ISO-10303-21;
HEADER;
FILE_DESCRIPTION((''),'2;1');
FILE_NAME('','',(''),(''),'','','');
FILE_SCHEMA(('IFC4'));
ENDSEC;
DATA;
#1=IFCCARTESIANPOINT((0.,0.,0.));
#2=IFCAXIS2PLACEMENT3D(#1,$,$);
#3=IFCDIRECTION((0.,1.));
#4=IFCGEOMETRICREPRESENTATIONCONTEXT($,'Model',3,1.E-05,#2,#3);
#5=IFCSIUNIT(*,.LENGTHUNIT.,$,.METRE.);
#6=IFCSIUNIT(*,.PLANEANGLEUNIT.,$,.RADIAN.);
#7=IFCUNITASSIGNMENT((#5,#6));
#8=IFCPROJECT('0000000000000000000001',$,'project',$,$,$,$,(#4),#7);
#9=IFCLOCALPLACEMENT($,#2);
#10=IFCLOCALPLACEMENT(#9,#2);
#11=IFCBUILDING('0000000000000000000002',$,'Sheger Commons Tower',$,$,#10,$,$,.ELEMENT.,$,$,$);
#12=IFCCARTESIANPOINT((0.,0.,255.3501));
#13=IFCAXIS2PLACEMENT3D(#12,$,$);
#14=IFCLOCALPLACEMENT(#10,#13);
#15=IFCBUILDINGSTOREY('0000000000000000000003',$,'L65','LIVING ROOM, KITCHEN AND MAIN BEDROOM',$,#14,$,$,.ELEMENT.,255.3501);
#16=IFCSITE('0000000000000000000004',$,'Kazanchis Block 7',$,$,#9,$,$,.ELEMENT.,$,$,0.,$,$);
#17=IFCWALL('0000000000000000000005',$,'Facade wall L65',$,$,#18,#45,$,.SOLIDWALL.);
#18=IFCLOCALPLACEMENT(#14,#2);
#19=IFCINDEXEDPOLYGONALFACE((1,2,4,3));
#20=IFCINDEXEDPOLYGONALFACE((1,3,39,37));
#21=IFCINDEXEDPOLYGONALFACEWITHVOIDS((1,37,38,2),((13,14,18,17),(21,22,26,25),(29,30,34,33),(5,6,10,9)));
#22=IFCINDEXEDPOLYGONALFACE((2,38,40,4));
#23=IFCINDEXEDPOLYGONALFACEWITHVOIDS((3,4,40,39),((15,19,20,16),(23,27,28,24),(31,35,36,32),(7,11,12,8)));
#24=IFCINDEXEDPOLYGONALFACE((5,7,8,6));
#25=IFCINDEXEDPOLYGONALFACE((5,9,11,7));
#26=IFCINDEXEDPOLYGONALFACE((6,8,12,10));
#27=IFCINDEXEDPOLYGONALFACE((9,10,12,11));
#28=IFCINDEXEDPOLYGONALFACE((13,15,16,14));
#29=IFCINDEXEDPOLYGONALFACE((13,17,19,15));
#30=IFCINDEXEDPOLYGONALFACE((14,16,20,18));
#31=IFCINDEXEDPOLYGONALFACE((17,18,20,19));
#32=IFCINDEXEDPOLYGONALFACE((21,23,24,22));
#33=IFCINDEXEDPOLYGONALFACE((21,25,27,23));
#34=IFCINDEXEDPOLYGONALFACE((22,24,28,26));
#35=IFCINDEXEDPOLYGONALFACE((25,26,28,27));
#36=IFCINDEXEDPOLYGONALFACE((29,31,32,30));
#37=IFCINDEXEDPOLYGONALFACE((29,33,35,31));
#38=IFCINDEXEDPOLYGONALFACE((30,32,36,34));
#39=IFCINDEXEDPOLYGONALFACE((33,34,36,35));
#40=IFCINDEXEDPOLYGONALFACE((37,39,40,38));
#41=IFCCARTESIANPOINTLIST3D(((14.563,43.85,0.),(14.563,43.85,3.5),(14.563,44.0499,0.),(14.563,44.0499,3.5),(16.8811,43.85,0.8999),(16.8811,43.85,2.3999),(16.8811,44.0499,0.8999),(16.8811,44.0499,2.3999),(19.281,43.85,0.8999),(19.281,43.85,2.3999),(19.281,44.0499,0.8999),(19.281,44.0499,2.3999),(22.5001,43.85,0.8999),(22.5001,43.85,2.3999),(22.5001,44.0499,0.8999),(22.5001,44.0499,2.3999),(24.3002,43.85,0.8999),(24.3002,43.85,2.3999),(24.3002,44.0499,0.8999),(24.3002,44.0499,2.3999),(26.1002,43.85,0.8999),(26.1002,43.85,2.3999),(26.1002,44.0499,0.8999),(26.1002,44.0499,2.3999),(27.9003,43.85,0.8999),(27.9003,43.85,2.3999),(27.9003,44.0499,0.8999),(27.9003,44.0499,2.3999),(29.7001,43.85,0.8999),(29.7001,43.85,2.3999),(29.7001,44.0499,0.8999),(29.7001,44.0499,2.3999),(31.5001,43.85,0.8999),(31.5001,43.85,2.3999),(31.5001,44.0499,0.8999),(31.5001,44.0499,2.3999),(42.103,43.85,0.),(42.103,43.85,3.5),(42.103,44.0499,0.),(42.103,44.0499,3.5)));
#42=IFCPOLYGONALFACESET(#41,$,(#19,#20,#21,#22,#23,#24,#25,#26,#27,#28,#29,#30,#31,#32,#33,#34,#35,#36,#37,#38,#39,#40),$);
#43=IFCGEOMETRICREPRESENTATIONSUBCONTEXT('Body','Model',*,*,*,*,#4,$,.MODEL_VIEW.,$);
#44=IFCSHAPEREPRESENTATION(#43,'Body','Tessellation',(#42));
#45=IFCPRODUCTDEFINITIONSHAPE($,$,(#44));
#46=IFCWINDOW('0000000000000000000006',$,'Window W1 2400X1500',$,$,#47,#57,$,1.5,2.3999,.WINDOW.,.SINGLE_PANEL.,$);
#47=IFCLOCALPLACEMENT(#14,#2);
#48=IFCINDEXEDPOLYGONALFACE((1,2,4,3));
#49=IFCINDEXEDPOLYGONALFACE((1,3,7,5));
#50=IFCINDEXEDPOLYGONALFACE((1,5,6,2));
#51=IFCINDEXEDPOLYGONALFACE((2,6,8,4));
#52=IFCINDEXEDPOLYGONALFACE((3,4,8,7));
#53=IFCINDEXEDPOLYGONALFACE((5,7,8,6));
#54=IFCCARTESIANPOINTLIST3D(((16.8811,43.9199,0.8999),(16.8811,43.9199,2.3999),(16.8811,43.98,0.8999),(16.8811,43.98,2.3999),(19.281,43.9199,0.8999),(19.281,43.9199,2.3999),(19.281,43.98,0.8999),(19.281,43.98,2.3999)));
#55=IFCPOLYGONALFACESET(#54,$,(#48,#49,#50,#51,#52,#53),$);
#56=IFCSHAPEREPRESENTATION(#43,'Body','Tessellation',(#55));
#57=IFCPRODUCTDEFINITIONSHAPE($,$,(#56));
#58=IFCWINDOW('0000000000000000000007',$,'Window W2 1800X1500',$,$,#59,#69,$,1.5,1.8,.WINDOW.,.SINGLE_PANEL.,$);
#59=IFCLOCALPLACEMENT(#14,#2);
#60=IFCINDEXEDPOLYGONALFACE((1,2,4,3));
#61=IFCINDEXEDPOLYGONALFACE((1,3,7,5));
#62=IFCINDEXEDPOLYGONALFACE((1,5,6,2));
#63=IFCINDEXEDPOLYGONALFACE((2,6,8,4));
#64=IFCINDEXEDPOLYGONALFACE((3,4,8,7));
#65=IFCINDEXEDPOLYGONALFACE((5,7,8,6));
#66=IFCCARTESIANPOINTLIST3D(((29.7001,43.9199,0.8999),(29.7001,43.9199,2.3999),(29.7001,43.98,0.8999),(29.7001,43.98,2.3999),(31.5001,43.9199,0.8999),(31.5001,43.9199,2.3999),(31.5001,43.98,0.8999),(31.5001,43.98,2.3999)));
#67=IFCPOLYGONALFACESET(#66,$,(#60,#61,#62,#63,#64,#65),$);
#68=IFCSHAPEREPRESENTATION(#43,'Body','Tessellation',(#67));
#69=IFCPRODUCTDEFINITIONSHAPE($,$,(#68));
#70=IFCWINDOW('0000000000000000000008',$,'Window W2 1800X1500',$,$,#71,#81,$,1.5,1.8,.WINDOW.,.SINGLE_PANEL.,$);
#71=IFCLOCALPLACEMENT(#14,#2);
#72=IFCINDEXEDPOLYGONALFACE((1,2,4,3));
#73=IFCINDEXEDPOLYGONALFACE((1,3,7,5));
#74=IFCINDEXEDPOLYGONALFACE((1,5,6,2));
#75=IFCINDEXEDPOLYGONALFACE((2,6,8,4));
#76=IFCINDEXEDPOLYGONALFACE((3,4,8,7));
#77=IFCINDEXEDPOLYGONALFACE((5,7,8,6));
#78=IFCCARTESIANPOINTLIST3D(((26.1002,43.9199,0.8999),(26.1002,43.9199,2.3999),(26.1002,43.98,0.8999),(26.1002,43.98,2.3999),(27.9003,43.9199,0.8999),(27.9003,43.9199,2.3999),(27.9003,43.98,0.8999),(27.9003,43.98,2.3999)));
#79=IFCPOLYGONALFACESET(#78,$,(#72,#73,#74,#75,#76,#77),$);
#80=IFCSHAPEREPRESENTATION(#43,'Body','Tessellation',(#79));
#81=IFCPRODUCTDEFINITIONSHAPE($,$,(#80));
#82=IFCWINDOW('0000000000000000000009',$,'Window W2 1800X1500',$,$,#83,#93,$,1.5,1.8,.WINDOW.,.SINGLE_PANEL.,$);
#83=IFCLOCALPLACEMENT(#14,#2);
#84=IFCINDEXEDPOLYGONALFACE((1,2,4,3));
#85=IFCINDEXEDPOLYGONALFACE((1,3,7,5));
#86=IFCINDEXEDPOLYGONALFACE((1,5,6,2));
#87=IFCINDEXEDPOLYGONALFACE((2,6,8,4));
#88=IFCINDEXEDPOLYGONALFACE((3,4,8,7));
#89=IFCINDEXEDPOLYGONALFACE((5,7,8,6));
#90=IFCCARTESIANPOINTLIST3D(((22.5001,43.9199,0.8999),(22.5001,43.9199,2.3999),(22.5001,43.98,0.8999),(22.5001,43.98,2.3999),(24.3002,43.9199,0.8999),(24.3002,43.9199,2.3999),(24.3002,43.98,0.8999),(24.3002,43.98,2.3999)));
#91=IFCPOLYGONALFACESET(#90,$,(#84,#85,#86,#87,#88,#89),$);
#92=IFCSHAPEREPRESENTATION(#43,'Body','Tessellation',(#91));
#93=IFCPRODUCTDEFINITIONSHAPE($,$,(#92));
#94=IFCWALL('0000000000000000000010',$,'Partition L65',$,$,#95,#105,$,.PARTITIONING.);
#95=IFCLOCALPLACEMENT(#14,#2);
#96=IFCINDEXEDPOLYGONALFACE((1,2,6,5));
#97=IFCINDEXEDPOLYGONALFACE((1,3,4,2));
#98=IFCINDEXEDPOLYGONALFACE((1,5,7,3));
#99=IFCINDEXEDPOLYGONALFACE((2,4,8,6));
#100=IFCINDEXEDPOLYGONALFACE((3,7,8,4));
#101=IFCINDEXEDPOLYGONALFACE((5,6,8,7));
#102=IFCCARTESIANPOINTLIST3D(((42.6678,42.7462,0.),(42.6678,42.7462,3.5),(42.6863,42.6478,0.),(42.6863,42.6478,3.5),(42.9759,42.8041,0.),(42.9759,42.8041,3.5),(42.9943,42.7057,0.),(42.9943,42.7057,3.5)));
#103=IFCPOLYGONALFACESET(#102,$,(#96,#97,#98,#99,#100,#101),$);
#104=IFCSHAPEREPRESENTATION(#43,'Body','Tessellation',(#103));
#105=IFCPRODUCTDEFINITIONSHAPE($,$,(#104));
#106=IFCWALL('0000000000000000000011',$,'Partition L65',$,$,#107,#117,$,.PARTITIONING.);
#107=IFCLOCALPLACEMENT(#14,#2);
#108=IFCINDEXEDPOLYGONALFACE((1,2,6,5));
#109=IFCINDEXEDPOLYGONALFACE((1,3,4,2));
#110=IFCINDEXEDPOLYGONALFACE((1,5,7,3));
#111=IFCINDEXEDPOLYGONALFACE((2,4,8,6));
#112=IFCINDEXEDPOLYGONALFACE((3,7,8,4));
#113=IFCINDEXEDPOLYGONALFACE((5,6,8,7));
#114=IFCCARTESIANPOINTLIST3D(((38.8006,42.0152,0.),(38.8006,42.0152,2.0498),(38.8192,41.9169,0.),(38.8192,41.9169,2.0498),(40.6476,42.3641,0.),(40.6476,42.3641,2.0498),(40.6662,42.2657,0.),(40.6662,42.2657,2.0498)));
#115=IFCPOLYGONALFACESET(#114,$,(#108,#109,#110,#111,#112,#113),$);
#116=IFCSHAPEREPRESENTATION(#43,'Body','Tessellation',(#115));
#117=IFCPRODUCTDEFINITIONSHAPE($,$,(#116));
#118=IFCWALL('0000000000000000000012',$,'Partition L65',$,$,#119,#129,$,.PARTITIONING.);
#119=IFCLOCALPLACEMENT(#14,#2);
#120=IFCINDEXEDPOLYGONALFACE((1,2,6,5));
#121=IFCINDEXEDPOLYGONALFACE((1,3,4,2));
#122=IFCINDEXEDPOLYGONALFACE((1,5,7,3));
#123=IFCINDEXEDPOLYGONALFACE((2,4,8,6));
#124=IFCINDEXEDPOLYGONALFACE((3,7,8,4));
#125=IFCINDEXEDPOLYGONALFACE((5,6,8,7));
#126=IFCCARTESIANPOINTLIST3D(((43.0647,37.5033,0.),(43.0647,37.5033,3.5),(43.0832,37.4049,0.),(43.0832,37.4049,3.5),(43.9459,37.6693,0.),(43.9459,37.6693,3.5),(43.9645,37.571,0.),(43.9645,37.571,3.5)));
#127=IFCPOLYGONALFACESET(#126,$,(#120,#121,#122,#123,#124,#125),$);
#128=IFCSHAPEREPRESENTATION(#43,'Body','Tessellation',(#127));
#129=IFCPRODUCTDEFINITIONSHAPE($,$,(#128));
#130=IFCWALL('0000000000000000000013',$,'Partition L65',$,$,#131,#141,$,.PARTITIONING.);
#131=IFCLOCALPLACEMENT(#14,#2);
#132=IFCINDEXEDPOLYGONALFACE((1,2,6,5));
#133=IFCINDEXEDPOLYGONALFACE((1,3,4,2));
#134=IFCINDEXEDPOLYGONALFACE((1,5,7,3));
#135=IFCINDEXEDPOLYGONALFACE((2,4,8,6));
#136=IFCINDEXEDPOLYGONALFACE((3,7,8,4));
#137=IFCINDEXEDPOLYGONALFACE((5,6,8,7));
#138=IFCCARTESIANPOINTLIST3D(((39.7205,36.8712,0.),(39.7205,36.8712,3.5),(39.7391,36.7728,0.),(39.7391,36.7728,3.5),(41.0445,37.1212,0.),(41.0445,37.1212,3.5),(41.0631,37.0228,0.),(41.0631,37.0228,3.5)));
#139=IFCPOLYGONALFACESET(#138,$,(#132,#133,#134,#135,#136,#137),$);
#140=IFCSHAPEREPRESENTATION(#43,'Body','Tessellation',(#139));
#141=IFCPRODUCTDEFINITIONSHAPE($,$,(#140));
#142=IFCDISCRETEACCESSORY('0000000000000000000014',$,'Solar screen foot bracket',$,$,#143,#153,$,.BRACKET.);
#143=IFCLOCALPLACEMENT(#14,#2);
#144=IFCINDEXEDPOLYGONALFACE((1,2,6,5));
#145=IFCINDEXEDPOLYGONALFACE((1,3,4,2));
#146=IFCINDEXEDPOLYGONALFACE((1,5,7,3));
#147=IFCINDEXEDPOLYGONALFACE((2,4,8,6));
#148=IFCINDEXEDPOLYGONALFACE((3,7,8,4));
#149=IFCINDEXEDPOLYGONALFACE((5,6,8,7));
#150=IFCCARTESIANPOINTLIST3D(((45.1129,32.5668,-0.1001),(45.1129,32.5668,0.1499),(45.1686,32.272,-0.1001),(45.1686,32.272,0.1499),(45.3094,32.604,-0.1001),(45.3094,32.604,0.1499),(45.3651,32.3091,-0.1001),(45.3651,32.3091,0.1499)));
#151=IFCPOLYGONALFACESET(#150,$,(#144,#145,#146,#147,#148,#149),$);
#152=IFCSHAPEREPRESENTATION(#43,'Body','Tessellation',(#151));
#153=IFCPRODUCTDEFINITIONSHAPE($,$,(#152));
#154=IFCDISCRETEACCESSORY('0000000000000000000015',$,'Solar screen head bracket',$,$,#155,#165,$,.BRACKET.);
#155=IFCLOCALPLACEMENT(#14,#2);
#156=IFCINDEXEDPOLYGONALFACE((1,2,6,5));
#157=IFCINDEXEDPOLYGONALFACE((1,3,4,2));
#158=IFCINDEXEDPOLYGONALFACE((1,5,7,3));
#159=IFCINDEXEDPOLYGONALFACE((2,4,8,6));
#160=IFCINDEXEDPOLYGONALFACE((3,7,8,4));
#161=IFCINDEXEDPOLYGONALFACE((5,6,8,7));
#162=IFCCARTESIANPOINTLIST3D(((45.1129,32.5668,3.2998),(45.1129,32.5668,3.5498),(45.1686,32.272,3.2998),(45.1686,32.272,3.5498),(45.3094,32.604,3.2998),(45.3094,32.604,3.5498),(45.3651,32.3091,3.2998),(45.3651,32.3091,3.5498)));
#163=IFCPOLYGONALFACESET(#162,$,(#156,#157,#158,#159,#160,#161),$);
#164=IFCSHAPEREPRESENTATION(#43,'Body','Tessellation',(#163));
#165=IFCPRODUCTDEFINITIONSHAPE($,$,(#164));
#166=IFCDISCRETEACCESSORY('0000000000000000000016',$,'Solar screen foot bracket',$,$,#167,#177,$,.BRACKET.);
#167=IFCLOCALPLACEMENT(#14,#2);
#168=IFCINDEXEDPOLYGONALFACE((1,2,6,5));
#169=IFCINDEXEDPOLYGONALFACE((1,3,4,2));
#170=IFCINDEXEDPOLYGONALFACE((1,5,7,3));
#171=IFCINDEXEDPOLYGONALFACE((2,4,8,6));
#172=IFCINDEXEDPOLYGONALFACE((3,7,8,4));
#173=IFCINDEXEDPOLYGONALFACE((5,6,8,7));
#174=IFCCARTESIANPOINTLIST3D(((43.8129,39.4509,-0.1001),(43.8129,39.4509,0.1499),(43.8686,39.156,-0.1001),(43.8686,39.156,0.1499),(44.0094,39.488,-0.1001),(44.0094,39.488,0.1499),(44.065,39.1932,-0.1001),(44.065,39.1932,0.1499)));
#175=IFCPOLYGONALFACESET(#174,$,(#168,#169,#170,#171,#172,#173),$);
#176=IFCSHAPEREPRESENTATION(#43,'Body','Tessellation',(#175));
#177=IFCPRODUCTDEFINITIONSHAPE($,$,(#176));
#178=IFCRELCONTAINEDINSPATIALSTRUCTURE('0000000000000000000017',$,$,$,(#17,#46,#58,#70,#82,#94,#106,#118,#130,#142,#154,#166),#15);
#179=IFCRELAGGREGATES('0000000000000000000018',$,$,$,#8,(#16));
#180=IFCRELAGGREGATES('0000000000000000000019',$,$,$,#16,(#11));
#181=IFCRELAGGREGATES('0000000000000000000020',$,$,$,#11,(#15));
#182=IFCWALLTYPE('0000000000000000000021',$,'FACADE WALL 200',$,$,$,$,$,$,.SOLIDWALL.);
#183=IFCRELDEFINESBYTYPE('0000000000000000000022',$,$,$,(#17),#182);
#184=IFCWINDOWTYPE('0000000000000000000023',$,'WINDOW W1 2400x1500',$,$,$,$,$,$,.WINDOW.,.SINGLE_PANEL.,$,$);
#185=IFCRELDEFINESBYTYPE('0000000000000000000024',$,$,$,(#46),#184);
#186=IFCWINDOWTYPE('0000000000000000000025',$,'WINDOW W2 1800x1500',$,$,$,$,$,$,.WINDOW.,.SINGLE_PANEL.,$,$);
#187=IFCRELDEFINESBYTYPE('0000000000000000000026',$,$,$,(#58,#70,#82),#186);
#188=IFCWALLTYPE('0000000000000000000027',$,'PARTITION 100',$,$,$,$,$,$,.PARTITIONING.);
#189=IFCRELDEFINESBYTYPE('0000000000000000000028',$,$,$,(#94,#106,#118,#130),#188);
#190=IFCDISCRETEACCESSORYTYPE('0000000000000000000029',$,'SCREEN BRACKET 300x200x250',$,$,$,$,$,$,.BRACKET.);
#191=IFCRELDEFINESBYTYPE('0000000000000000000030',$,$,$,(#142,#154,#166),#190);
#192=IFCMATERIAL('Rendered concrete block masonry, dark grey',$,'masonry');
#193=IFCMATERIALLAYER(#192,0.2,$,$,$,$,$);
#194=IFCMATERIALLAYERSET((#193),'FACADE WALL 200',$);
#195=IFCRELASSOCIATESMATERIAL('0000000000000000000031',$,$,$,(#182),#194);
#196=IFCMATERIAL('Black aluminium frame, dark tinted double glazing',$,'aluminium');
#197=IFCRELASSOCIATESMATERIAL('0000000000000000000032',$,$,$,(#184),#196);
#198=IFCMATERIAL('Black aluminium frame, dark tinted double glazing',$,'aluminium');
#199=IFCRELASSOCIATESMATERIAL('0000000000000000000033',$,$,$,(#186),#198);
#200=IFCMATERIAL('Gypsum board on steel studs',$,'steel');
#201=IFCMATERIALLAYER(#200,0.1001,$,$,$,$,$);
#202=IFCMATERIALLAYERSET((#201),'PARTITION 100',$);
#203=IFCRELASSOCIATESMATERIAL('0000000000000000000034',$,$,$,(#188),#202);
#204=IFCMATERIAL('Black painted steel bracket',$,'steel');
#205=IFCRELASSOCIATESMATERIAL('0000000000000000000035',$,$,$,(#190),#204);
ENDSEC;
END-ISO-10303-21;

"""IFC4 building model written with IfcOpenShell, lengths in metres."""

from ifc_helpers import new_model, si_unit, direction, frame, frame_2d, origin, origin_2d, place, context, subcontext, project, spatial, rectangle, extrude, material, layer, layer_set, type_object, element, fill, save


model = new_model("IFC4")

# Units and contexts
model_context = context("Model", 3, precision=1e-05, world=origin(), true_north=direction((0.0, 1.0)))
body_context = subcontext(model_context, "Body", "Model", "MODEL_VIEW")
ifc_project = project(units=[si_unit("LENGTHUNIT", "METRE"), si_unit("PLANEANGLEUNIT", "RADIAN")], contexts=[model_context])

# Site, building, storey
site_placement = place(None, origin())
site = spatial("IfcSite", under=ifc_project, at=site_placement, Name="Kazanchis Block 7", CompositionType="ELEMENT", RefElevation=0.0)
building_placement = place(site_placement, origin())
building = spatial("IfcBuilding", under=site, at=building_placement, Name="Sheger Commons Tower", CompositionType="ELEMENT")
storey_placement = place(building_placement, frame((0.0, 0.0, 255.3501)))
storey = spatial("IfcBuildingStorey", under=building, at=storey_placement, Name="L65", Description="LIVING ROOM, KITCHEN AND MAIN BEDROOM", CompositionType="ELEMENT", Elevation=255.3501)

# Shared definitions
ifc_material_1 = material(Name="Rendered concrete block masonry, dark grey", Category="masonry")
ifc_layer_1 = layer(ifc_material_1, 0.2)
ifc_layer_set_1 = layer_set([ifc_layer_1], Name="FACADE WALL 200")
wall_type_1 = type_object("IfcWallType", Name="FACADE WALL 200", PredefinedType="SOLIDWALL", material=ifc_layer_set_1)

# Wall, openings, windows
wall_1_placement = place(storey_placement, frame((42.103, 43.95, 0.0), z_axis=(0.0, 0.0, 1.0), x_axis=(-1.0, 0.0, 0.0)))
wall_1 = element("IfcWall", 1, at=wall_1_placement, inside=storey, type_object=wall_type_1, Name="Facade wall L65", PredefinedType="SOLIDWALL", context=body_context, shape_type="SweptSolid", body=[
    extrude(rectangle(XDim=27.54, YDim=0.2, at=frame_2d((13.77, 0.0))), origin(), (0.0, 0.0, 1.0), 3.5),
])
opening_1_placement = place(wall_1_placement, frame((10.603, 0.0, 0.8999)))
opening_1 = element("IfcOpeningElement", 2, at=opening_1_placement, cuts=wall_1, PredefinedType="OPENING", context=body_context, shape_type="SweptSolid", body=[
    extrude(rectangle(XDim=1.8, YDim=1.5, at=frame_2d((0.8999, 0.75))), frame((0.0, 0.1099, 0.0), z_axis=(0.0, -1.0, 0.0), x_axis=(1.0, 0.0, 0.0)), (0.0, 0.0, 1.0), 0.22),
])
opening_2_placement = place(wall_1_placement, frame((14.2029, 0.0, 0.8999)))
opening_2 = element("IfcOpeningElement", 3, at=opening_2_placement, cuts=wall_1, PredefinedType="OPENING", context=body_context, shape_type="SweptSolid", body=[
    extrude(rectangle(XDim=1.8, YDim=1.5, at=frame_2d((0.8999, 0.75))), frame((0.0, 0.1099, 0.0), z_axis=(0.0, -1.0, 0.0), x_axis=(1.0, 0.0, 0.0)), (0.0, 0.0, 1.0), 0.22),
])
opening_3_placement = place(wall_1_placement, frame((17.803, 0.0, 0.8999)))
opening_3 = element("IfcOpeningElement", 4, at=opening_3_placement, cuts=wall_1, PredefinedType="OPENING", context=body_context, shape_type="SweptSolid", body=[
    extrude(rectangle(XDim=1.8, YDim=1.5, at=frame_2d((0.8999, 0.75))), frame((0.0, 0.1099, 0.0), z_axis=(0.0, -1.0, 0.0), x_axis=(1.0, 0.0, 0.0)), (0.0, 0.0, 1.0), 0.22),
])
opening_4_placement = place(wall_1_placement, frame((22.822, 0.0, 0.8999)))
opening_4 = element("IfcOpeningElement", 5, at=opening_4_placement, cuts=wall_1, PredefinedType="OPENING", context=body_context, shape_type="SweptSolid", body=[
    extrude(rectangle(XDim=2.3999, YDim=1.5, at=frame_2d((1.2, 0.75))), frame((0.0, 0.1099, 0.0), z_axis=(0.0, -1.0, 0.0), x_axis=(1.0, 0.0, 0.0)), (0.0, 0.0, 1.0), 0.22),
])
ifc_material_2 = material(Name="Black aluminium frame, dark tinted double glazing", Category="aluminium")
window_type_1 = type_object("IfcWindowType", Name="WINDOW W1 2400x1500", PartitioningType="SINGLE_PANEL", PredefinedType="WINDOW", material=ifc_material_2)
window_1_placement = place(opening_4_placement, origin())
window_1 = element("IfcWindow", 6, at=window_1_placement, inside=storey, type_object=window_type_1, Name="Window W1 2400X1500", OverallHeight=1.5, OverallWidth=2.3999, PartitioningType="SINGLE_PANEL", PredefinedType="WINDOW", context=body_context, shape_type="SweptSolid", body=[
    extrude(rectangle(XDim=2.3999, YDim=1.5, at=frame_2d((1.2, 0.75))), frame((0.0, 0.03, 0.0), z_axis=(0.0, -1.0, 0.0), x_axis=(1.0, 0.0, 0.0)), (0.0, 0.0, 1.0), 0.0601),
])
fill(opening_4, window_1)
ifc_material_3 = material(Name="Black aluminium frame, dark tinted double glazing", Category="aluminium")
window_type_2 = type_object("IfcWindowType", Name="WINDOW W2 1800x1500", PartitioningType="SINGLE_PANEL", PredefinedType="WINDOW", material=ifc_material_3)
window_2_placement = place(opening_1_placement, origin())
window_2 = element("IfcWindow", 7, at=window_2_placement, inside=storey, type_object=window_type_2, Name="Window W2 1800X1500", OverallHeight=1.5, OverallWidth=1.8, PartitioningType="SINGLE_PANEL", PredefinedType="WINDOW", context=body_context, shape_type="SweptSolid", body=[
    extrude(rectangle(XDim=1.8, YDim=1.5, at=frame_2d((0.8999, 0.75))), frame((0.0, 0.03, 0.0), z_axis=(0.0, -1.0, 0.0), x_axis=(1.0, 0.0, 0.0)), (0.0, 0.0, 1.0), 0.0601),
])
fill(opening_1, window_2)
window_3_placement = place(opening_2_placement, origin())
window_3 = element("IfcWindow", 8, at=window_3_placement, inside=storey, type_object=window_type_2, Name="Window W2 1800X1500", OverallHeight=1.5, OverallWidth=1.8, PartitioningType="SINGLE_PANEL", PredefinedType="WINDOW", context=body_context, shape_type="SweptSolid", body=[
    extrude(rectangle(XDim=1.8, YDim=1.5, at=frame_2d((0.8999, 0.75))), frame((0.0, 0.03, 0.0), z_axis=(0.0, -1.0, 0.0), x_axis=(1.0, 0.0, 0.0)), (0.0, 0.0, 1.0), 0.0601),
])
fill(opening_2, window_3)
window_4_placement = place(opening_3_placement, origin())
window_4 = element("IfcWindow", 9, at=window_4_placement, inside=storey, type_object=window_type_2, Name="Window W2 1800X1500", OverallHeight=1.5, OverallWidth=1.8, PartitioningType="SINGLE_PANEL", PredefinedType="WINDOW", context=body_context, shape_type="SweptSolid", body=[
    extrude(rectangle(XDim=1.8, YDim=1.5, at=frame_2d((0.8999, 0.75))), frame((0.0, 0.03, 0.0), z_axis=(0.0, -1.0, 0.0), x_axis=(1.0, 0.0, 0.0)), (0.0, 0.0, 1.0), 0.0601),
])
fill(opening_3, window_4)

# Walls
ifc_material_4 = material(Name="Gypsum board on steel studs", Category="steel")
ifc_layer_2 = layer(ifc_material_4, 0.1001)
ifc_layer_set_2 = layer_set([ifc_layer_2], Name="PARTITION 100")
wall_type_2 = type_object("IfcWallType", Name="PARTITION 100", PredefinedType="PARTITIONING", material=ifc_layer_set_2)
wall_2_placement = place(storey_placement, frame((42.9851, 42.7549, 0.0), z_axis=(0.0, 0.0, 1.0), x_axis=(-0.982819, -0.184571, 0.0)))
element("IfcWall", 10, at=wall_2_placement, inside=storey, type_object=wall_type_2, Name="Partition L65", PredefinedType="PARTITIONING", context=body_context, shape_type="SweptSolid", body=[
    extrude(rectangle(XDim=0.3135, YDim=0.1001, at=frame_2d((0.1567, 0.0))), origin(), (0.0, 0.0, 1.0), 3.5),
])
wall_3_placement = place(storey_placement, frame((40.657, 42.3149, 0.0), z_axis=(0.0, 0.0, 1.0), x_axis=(-0.982623, -0.185614, 0.0)))
element("IfcWall", 11, at=wall_3_placement, inside=storey, type_object=wall_type_2, Name="Partition L65", PredefinedType="PARTITIONING", context=body_context, shape_type="SweptSolid", body=[
    extrude(rectangle(XDim=1.8796, YDim=0.1001, at=frame_2d((0.9399, 0.0))), origin(), (0.0, 0.0, 1.0), 2.0498),
])
wall_4_placement = place(storey_placement, frame((43.9551, 37.6201, 0.0), z_axis=(0.0, 0.0, 1.0), x_axis=(-0.982708, -0.18516, 0.0)))
element("IfcWall", 12, at=wall_4_placement, inside=storey, type_object=wall_type_2, Name="Partition L65", PredefinedType="PARTITIONING", context=body_context, shape_type="SweptSolid", body=[
    extrude(rectangle(XDim=0.8967, YDim=0.1001, at=frame_2d((0.4482, 0.0))), origin(), (0.0, 0.0, 1.0), 3.5),
])
wall_5_placement = place(storey_placement, frame((41.054, 37.072, 0.0), z_axis=(0.0, 0.0, 1.0), x_axis=(-0.982635, -0.185547, 0.0)))
element("IfcWall", 13, at=wall_5_placement, inside=storey, type_object=wall_type_2, Name="Partition L65", PredefinedType="PARTITIONING", context=body_context, shape_type="SweptSolid", body=[
    extrude(rectangle(XDim=1.3474, YDim=0.1001, at=frame_2d((0.6738, 0.0))), origin(), (0.0, 0.0, 1.0), 3.5),
])

# Discrete accessories
ifc_material_5 = material(Name="Black painted steel bracket", Category="steel")
discrete_accessory_type = type_object("IfcDiscreteAccessoryType", Name="SCREEN BRACKET 300x200x250", PredefinedType="BRACKET", material=ifc_material_5)
for number, where, z_axis, x_axis, name in (
    (14, (45.239, 32.438, -0.1001), (0.0, 0.0, 1.0), (-0.185615, 0.982623, 0.0), "Solar screen foot bracket"),
    (15, (45.239, 32.438, 3.2998), (0.0, 0.0, 1.0), (-0.185615, 0.982623, 0.0), "Solar screen head bracket"),
    (16, (43.939, 39.322, -0.1001), (0.0, 0.0, 1.0), (-0.185615, 0.982623, 0.0), "Solar screen foot bracket"),
):
    element("IfcDiscreteAccessory", number, at=place(storey_placement, frame(where, z_axis=z_axis, x_axis=x_axis)), inside=storey, type_object=discrete_accessory_type, Name=name, PredefinedType="BRACKET", context=body_context, shape_type="SweptSolid", body=[
        extrude(rectangle(XDim=0.3, YDim=0.2, at=origin_2d()), origin(), (0.0, 0.0, 1.0), 0.25),
    ])

save(model, "model.ifc")
